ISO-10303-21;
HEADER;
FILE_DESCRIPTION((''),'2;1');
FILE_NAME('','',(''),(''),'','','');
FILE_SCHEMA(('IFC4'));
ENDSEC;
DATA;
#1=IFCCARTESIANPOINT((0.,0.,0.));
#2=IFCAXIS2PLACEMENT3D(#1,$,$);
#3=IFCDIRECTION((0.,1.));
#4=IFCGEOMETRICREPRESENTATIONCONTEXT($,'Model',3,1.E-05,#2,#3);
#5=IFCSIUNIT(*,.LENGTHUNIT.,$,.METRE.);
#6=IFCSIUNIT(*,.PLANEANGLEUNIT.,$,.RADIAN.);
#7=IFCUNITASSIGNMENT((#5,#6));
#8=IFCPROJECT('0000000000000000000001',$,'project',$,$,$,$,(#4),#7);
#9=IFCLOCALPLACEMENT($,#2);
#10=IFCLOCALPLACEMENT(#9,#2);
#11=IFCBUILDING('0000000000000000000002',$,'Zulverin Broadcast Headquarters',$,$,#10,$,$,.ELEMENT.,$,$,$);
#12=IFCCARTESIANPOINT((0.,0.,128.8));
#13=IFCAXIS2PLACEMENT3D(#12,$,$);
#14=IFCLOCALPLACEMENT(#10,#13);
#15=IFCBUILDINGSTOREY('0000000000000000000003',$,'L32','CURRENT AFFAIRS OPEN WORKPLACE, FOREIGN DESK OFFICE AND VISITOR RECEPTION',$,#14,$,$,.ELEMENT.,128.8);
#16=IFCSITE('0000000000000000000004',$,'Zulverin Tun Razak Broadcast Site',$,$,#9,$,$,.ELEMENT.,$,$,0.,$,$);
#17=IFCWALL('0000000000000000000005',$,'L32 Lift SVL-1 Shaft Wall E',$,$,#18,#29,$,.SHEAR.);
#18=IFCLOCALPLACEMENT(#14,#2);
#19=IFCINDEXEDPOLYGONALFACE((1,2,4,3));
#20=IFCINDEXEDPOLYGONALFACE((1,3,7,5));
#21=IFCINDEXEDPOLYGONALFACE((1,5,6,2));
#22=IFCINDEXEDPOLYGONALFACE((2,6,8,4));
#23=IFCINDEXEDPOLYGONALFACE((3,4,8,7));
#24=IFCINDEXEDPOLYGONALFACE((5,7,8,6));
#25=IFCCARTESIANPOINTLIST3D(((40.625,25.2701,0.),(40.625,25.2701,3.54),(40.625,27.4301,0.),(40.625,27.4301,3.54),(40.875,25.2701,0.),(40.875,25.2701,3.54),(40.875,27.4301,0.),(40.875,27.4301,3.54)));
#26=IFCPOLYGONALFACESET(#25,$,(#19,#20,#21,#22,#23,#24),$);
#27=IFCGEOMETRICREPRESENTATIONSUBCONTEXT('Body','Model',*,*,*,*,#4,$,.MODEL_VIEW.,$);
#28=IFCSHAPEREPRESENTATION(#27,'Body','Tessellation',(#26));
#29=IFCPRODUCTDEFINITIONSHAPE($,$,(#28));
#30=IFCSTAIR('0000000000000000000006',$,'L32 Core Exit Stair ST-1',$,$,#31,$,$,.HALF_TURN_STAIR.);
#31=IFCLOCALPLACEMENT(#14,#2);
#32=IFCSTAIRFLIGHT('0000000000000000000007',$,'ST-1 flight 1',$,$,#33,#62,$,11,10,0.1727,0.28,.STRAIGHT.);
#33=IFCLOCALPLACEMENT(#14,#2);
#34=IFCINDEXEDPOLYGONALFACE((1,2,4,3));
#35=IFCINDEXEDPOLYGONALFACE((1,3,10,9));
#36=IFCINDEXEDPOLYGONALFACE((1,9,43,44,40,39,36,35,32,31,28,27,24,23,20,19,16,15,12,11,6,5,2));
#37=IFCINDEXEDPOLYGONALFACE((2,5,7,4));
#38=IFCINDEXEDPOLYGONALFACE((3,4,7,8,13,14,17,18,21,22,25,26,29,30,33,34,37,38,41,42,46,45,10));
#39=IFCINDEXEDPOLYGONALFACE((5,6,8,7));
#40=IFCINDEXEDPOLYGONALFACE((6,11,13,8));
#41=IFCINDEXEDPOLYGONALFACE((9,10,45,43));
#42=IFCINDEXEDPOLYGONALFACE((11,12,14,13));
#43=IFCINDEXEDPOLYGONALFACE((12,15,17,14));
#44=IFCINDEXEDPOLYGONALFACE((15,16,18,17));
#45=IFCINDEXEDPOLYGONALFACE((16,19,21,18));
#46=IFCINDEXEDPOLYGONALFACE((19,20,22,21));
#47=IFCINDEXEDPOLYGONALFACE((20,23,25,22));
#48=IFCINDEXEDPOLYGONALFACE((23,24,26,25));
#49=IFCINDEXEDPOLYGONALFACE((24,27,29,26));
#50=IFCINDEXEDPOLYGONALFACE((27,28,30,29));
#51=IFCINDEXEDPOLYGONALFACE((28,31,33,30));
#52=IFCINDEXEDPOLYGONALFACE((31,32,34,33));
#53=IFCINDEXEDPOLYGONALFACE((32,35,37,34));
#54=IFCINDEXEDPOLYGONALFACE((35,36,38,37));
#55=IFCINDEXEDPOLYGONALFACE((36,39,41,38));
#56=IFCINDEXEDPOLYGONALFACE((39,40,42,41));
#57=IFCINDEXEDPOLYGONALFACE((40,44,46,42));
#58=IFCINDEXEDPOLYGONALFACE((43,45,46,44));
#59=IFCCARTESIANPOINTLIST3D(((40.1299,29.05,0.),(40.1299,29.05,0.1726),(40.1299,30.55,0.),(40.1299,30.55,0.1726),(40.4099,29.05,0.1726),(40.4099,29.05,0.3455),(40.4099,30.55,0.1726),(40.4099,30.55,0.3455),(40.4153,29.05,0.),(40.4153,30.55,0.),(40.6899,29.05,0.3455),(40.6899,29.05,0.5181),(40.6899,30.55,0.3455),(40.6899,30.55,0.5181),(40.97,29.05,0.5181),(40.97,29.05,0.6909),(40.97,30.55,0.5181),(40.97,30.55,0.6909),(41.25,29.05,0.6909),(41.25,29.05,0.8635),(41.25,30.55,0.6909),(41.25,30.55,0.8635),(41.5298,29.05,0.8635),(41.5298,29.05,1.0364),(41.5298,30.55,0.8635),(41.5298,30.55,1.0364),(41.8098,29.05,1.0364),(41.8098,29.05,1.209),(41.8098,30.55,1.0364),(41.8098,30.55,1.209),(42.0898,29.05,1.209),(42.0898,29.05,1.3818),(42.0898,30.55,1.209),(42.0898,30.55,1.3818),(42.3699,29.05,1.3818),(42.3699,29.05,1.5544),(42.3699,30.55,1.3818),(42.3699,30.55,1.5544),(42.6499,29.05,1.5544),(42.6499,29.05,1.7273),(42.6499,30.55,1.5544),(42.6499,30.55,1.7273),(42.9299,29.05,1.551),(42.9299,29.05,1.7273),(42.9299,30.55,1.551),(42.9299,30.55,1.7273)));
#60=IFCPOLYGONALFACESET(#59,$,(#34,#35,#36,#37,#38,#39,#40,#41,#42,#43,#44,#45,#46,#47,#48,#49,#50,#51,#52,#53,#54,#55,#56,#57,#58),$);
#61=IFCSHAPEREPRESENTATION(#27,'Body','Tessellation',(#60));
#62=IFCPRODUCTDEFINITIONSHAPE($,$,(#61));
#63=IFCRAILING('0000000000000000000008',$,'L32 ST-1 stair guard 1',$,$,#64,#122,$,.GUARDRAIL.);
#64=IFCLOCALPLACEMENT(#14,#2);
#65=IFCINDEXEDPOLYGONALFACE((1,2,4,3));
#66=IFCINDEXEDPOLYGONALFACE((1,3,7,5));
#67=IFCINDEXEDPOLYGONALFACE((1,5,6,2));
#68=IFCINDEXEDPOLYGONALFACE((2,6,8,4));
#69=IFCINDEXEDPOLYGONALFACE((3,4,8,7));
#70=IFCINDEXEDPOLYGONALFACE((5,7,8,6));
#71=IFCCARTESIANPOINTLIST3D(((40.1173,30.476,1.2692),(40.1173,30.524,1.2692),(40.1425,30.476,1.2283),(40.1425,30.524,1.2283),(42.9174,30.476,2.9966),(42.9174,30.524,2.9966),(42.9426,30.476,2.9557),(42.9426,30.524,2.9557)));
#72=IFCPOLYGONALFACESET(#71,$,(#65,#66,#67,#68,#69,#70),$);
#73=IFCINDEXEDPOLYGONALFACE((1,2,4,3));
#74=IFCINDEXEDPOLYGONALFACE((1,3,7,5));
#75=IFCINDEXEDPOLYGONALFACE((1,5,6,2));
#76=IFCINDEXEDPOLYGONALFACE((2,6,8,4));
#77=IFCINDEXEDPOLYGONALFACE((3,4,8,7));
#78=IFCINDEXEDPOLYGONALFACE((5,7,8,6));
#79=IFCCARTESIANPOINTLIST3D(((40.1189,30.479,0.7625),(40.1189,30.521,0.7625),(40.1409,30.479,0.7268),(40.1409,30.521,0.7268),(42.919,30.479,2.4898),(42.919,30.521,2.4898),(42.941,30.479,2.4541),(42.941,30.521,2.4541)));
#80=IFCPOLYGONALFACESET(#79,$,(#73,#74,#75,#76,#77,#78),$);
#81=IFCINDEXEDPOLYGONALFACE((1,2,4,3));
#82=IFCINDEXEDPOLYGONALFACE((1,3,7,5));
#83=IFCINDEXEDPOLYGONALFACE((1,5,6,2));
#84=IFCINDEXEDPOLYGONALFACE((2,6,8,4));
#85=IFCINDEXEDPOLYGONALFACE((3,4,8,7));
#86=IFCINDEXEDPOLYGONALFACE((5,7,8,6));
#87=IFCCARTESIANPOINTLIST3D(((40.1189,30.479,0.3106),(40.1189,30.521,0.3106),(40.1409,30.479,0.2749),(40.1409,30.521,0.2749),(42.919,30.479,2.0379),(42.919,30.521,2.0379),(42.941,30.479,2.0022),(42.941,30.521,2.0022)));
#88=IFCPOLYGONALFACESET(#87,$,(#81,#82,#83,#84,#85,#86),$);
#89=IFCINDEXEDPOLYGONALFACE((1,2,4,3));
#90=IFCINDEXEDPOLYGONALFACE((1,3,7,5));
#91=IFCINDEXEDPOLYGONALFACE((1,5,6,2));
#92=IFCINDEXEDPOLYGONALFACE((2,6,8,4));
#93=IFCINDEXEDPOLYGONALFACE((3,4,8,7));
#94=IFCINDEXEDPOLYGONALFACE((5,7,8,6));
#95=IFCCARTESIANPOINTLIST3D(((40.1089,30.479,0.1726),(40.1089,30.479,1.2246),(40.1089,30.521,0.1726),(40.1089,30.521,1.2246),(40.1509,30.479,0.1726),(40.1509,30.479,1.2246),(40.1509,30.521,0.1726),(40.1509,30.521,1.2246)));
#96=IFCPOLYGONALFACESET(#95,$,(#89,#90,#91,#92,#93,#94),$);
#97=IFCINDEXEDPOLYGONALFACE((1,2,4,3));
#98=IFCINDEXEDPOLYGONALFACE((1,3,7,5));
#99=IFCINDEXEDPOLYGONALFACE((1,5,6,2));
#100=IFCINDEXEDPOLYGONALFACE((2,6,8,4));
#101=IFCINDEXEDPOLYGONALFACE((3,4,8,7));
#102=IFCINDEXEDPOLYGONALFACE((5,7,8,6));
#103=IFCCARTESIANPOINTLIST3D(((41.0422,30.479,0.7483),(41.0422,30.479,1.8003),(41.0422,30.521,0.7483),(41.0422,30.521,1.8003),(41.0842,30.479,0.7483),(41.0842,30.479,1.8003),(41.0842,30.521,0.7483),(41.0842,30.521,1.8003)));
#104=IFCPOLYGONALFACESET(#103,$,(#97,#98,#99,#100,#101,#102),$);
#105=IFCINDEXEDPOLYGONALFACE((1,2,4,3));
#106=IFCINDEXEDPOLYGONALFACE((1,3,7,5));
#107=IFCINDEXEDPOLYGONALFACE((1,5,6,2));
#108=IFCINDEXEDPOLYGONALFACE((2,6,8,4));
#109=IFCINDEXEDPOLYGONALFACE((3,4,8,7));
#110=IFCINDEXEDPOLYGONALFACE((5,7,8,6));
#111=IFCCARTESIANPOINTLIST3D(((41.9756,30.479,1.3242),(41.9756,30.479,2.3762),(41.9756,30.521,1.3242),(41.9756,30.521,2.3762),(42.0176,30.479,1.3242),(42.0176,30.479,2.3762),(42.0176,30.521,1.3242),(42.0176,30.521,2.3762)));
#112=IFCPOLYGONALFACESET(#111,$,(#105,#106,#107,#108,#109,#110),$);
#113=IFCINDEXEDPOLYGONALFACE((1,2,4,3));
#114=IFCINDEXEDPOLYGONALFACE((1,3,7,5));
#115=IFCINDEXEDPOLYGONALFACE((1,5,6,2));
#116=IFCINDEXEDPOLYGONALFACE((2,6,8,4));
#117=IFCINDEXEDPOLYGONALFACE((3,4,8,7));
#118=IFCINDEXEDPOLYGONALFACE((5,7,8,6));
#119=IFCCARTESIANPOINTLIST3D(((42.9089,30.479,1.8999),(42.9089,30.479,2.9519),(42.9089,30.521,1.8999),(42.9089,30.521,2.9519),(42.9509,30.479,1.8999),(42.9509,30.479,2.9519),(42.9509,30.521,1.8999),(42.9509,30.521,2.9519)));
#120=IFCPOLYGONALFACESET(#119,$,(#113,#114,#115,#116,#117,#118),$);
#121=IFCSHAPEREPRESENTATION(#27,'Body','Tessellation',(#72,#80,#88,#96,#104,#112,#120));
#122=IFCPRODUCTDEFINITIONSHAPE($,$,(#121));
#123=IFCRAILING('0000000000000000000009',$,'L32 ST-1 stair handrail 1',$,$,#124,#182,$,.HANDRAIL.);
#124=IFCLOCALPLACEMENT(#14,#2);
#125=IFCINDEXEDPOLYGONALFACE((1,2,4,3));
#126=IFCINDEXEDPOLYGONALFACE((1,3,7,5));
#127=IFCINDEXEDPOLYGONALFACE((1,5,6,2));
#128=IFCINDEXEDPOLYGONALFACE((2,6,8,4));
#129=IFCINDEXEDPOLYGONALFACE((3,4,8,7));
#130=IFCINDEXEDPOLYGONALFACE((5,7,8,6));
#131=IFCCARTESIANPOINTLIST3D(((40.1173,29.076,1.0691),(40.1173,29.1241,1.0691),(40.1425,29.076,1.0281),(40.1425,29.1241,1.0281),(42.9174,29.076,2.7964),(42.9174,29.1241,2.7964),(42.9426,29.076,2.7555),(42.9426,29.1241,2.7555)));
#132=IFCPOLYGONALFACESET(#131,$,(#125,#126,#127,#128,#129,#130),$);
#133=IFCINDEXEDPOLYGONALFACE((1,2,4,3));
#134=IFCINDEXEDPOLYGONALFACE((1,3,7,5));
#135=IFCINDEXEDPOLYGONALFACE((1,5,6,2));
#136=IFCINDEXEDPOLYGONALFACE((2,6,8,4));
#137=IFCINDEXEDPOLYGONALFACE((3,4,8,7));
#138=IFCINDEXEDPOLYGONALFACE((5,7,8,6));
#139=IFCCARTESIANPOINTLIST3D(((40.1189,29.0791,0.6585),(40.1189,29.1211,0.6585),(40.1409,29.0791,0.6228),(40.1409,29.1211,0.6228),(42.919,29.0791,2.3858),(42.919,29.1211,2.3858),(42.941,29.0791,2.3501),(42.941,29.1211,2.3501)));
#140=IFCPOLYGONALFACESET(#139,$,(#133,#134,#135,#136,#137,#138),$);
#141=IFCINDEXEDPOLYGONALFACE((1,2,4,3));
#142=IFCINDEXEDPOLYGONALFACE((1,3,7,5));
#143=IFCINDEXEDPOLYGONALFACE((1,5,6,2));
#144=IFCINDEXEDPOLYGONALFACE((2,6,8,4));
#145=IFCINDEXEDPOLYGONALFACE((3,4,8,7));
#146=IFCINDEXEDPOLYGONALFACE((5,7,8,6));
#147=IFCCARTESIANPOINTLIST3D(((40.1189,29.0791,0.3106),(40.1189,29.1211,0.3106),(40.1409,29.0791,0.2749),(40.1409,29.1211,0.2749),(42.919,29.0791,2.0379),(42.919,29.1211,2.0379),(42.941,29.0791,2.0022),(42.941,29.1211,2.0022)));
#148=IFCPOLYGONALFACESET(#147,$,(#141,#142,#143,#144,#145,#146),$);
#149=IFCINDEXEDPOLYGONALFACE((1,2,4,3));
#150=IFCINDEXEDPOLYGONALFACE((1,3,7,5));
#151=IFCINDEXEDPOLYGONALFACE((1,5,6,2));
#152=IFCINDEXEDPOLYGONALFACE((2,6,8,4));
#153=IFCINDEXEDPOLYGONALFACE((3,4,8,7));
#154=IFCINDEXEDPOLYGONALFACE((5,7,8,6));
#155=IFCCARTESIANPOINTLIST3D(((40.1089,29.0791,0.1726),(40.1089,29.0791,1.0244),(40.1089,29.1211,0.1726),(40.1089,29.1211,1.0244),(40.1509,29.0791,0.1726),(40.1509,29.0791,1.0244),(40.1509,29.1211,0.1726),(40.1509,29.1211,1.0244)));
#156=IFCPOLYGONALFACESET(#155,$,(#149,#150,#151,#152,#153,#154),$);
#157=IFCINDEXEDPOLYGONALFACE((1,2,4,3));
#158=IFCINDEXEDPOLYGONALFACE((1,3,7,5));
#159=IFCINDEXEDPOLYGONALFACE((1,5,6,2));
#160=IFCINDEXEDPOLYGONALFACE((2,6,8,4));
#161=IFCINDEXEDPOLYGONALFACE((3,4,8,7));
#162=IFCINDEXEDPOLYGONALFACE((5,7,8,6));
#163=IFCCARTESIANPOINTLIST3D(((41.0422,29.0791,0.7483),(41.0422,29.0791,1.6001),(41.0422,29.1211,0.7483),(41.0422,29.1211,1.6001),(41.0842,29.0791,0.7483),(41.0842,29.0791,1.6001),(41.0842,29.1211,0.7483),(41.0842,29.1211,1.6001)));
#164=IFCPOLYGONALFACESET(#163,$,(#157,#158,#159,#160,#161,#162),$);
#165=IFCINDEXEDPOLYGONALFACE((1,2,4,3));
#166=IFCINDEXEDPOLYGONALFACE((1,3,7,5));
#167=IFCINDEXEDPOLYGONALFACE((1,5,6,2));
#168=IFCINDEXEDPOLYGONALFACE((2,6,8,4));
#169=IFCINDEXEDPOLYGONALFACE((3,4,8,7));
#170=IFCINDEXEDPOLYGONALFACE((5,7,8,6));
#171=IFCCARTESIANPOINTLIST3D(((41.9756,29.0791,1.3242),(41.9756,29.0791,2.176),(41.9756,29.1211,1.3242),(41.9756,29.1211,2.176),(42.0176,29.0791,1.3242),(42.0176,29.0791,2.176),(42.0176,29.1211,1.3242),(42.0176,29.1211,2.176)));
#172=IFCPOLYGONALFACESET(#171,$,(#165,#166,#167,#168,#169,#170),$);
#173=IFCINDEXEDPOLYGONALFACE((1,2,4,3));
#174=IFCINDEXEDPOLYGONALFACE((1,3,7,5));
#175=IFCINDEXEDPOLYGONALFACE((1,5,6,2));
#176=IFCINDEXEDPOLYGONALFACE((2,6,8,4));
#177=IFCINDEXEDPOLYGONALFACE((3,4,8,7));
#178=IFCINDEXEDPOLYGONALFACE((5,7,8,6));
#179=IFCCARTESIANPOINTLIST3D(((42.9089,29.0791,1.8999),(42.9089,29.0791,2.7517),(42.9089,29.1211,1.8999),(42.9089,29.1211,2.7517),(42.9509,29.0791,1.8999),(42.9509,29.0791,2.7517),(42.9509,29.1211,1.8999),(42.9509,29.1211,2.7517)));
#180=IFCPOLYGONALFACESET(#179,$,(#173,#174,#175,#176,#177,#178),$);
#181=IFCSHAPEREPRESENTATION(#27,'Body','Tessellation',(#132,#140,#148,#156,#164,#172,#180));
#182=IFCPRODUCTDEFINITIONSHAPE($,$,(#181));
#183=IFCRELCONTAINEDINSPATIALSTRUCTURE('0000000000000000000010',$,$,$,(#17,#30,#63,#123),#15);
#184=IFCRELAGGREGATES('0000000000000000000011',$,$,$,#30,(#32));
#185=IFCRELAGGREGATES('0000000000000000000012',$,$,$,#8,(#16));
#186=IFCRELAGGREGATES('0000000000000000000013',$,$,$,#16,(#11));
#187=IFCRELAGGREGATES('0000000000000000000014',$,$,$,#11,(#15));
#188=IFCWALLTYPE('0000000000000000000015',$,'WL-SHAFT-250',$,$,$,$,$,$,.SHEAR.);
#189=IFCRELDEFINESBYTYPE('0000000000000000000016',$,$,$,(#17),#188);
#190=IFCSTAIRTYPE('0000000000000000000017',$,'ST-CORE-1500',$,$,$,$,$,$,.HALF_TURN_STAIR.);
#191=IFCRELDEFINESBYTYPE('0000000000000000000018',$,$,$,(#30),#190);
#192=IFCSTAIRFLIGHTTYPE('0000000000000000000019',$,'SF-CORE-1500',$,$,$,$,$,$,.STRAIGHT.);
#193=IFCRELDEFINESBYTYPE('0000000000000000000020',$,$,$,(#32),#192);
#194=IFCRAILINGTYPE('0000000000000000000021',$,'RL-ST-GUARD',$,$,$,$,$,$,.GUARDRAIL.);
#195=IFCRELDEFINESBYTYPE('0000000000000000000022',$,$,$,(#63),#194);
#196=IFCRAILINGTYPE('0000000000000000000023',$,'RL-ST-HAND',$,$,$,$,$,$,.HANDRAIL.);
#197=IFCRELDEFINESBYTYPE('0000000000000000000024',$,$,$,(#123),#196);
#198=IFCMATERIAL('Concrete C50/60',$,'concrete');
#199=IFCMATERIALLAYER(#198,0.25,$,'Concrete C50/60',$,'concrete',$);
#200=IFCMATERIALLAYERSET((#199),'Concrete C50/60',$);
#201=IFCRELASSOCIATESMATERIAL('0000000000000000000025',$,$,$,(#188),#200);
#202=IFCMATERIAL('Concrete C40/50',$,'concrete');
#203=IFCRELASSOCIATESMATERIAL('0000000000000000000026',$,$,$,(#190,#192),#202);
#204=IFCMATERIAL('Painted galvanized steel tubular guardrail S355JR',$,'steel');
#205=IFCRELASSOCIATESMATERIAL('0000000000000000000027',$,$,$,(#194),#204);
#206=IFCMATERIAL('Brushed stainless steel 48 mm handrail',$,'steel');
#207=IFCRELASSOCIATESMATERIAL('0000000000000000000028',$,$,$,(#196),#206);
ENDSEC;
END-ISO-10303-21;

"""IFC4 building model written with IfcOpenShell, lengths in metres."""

from ifc_helpers import new_model, si_unit, direction, frame, frame_2d, origin, origin_2d, place, context, subcontext, project, spatial, polyline, rectangle, outline, extrude, material, layer, layer_set, type_object, element, aggregate, save


model = new_model("IFC4")

# Units and contexts
model_context = context("Model", 3, precision=1e-05, world=origin(), true_north=direction((0.0, 1.0)))
body_context = subcontext(model_context, "Body", "Model", "MODEL_VIEW")
ifc_project = project(units=[si_unit("LENGTHUNIT", "METRE"), si_unit("PLANEANGLEUNIT", "RADIAN")], contexts=[model_context])

# Site, building, storey
site_placement = place(None, origin())
site = spatial("IfcSite", under=ifc_project, at=site_placement, Name="Zulverin Tun Razak Broadcast Site", CompositionType="ELEMENT", RefElevation=0.0)
building_placement = place(site_placement, origin())
building = spatial("IfcBuilding", under=site, at=building_placement, Name="Zulverin Broadcast Headquarters", CompositionType="ELEMENT")
storey_placement = place(building_placement, frame((0.0, 0.0, 128.8)))
storey = spatial("IfcBuildingStorey", under=building, at=storey_placement, Name="L32", Description="CURRENT AFFAIRS OPEN WORKPLACE, FOREIGN DESK OFFICE AND VISITOR RECEPTION", CompositionType="ELEMENT", Elevation=128.8)

# Shared definitions
ifc_material_1 = material(Name="Concrete C40/50", Category="concrete")
ifc_material_2 = material(Name="Concrete C50/60", Category="concrete")
ifc_layer_1 = layer(ifc_material_2, 0.25, Name="Concrete C50/60", Category="concrete")
ifc_layer_set_1 = layer_set([ifc_layer_1], Name="Concrete C50/60")
wall_type_1 = type_object("IfcWallType", Name="WL-SHAFT-250", PredefinedType="SHEAR", material=ifc_layer_set_1)

# Wall
wall_1_placement = place(storey_placement, frame((40.75, 25.27, 0.0), z_axis=(0.0, 0.0, 1.0), x_axis=(0.0, 1.0, 0.0)))
element("IfcWall", 1, at=wall_1_placement, inside=storey, type_object=wall_type_1, Name="L32 Lift SVL-1 Shaft Wall E", PredefinedType="SHEAR", context=body_context, shape_type="SweptSolid", body=[
    extrude(rectangle(XDim=2.1599, YDim=0.25, at=frame_2d((1.0801, 0.0))), origin(), (0.0, 0.0, 1.0), 3.54),
])

# Stair, stair flight
stair_type = type_object("IfcStairType", Name="ST-CORE-1500", PredefinedType="HALF_TURN_STAIR", material=ifc_material_1)
stair_placement = place(storey_placement, origin())
stair = element("IfcStair", 2, at=stair_placement, inside=storey, type_object=stair_type, Name="L32 Core Exit Stair ST-1", PredefinedType="HALF_TURN_STAIR")
stair_flight_type = type_object("IfcStairFlightType", Name="SF-CORE-1500", PredefinedType="STRAIGHT", material=ifc_material_1)
stair_flight_placement = place(storey_placement, frame((40.1299, 29.8, 0.0), z_axis=(0.0, 0.0, 1.0), x_axis=(1.0, 0.0, 0.0)))
stair_flight = element("IfcStairFlight", 3, at=stair_flight_placement, type_object=stair_flight_type, Name="ST-1 flight 1", NumberOfRisers=11, NumberOfTreads=10, PredefinedType="STRAIGHT", RiserHeight=0.1727, TreadLength=0.28, context=body_context, shape_type="SweptSolid", body=[
    extrude(outline(polyline([(0.0, 0.0), (0.0, 0.1726), (0.28, 0.1726), (0.28, 0.3455), (0.5601, 0.3455), (0.5601, 0.5181), (0.8401, 0.5181), (0.8401, 0.6909), (1.1201, 0.6909), (1.1201, 0.8635), (1.3999, 0.8635), (1.3999, 1.0364), (1.6799, 1.0364), (1.6799, 1.209), (1.96, 1.209), (1.96, 1.3818), (2.24, 1.3818), (2.24, 1.5544), (2.52, 1.5544), (2.52, 1.7273), (2.8, 1.7273), (2.8, 1.8999), (2.8, 1.551), (0.2854, 0.0), (0.0, 0.0)])), frame((0.0, 0.75, 0.0), z_axis=(0.0, -1.0, 0.0), x_axis=(1.0, 0.0, 0.0)), (0.0, 0.0, 1.0), 1.5),
])
aggregate(stair, [stair_flight])

# Railings
ifc_material_3 = material(Name="Painted galvanized steel tubular guardrail S355JR", Category="steel")
railing_type_1 = type_object("IfcRailingType", Name="RL-ST-GUARD", PredefinedType="GUARDRAIL", material=ifc_material_3)
railing_1_placement = place(storey_placement, frame((40.1299, 30.5, 0.1726)))
element("IfcRailing", 4, at=railing_1_placement, inside=storey, type_object=railing_type_1, Name="L32 ST-1 stair guard 1", PredefinedType="GUARDRAIL", context=body_context, shape_type="SweptSolid", body=[
    extrude(rectangle(XDim=0.0481, YDim=0.0481, at=origin_2d()), frame((0.0, 0.0, 1.0762), z_axis=(0.85109, 0.0, 0.52502), x_axis=(0.0, 1.0, 0.0)), (0.0, 0.0, 1.0), 3.29),
    extrude(rectangle(XDim=0.042, YDim=0.042, at=origin_2d()), frame((0.0, 0.0, 0.572), z_axis=(0.85109, 0.0, 0.52502), x_axis=(0.0, 1.0, 0.0)), (0.0, 0.0, 1.0), 3.29),
    extrude(rectangle(XDim=0.042, YDim=0.042, at=origin_2d()), frame((0.0, 0.0, 0.1201), z_axis=(0.85109, 0.0, 0.52502), x_axis=(0.0, 1.0, 0.0)), (0.0, 0.0, 1.0), 3.29),
    extrude(rectangle(XDim=0.042, YDim=0.042, at=origin_2d()), origin(), (0.0, 0.0, 1.0), 1.052),
    extrude(rectangle(XDim=0.042, YDim=0.042, at=origin_2d()), frame((0.9333, 0.0, 0.5757)), (0.0, 0.0, 1.0), 1.052),
    extrude(rectangle(XDim=0.042, YDim=0.042, at=origin_2d()), frame((1.8667, 0.0, 1.1516)), (0.0, 0.0, 1.0), 1.052),
    extrude(rectangle(XDim=0.042, YDim=0.042, at=origin_2d()), frame((2.8, 0.0, 1.7273)), (0.0, 0.0, 1.0), 1.052),
])
ifc_material_4 = material(Name="Brushed stainless steel 48 mm handrail", Category="steel")
railing_type_2 = type_object("IfcRailingType", Name="RL-ST-HAND", PredefinedType="HANDRAIL", material=ifc_material_4)
railing_2_placement = place(storey_placement, frame((40.1299, 29.1001, 0.1726)))
element("IfcRailing", 5, at=railing_2_placement, inside=storey, type_object=railing_type_2, Name="L32 ST-1 stair handrail 1", PredefinedType="HANDRAIL", context=body_context, shape_type="SweptSolid", body=[
    extrude(rectangle(XDim=0.0481, YDim=0.0481, at=origin_2d()), frame((0.0, 0.0, 0.876), z_axis=(0.85109, 0.0, 0.52502), x_axis=(0.0, 1.0, 0.0)), (0.0, 0.0, 1.0), 3.29),
    extrude(rectangle(XDim=0.042, YDim=0.042, at=origin_2d()), frame((0.0, 0.0, 0.468), z_axis=(0.85109, 0.0, 0.52502), x_axis=(0.0, 1.0, 0.0)), (0.0, 0.0, 1.0), 3.29),
    extrude(rectangle(XDim=0.042, YDim=0.042, at=origin_2d()), frame((0.0, 0.0, 0.1201), z_axis=(0.85109, 0.0, 0.52502), x_axis=(0.0, 1.0, 0.0)), (0.0, 0.0, 1.0), 3.29),
    extrude(rectangle(XDim=0.042, YDim=0.042, at=origin_2d()), origin(), (0.0, 0.0, 1.0), 0.8518),
    extrude(rectangle(XDim=0.042, YDim=0.042, at=origin_2d()), frame((0.9333, 0.0, 0.5757)), (0.0, 0.0, 1.0), 0.8518),
    extrude(rectangle(XDim=0.042, YDim=0.042, at=origin_2d()), frame((1.8667, 0.0, 1.1516)), (0.0, 0.0, 1.0), 0.8518),
    extrude(rectangle(XDim=0.042, YDim=0.042, at=origin_2d()), frame((2.8, 0.0, 1.7273)), (0.0, 0.0, 1.0), 0.8518),
])

save(model, "model.ifc")
